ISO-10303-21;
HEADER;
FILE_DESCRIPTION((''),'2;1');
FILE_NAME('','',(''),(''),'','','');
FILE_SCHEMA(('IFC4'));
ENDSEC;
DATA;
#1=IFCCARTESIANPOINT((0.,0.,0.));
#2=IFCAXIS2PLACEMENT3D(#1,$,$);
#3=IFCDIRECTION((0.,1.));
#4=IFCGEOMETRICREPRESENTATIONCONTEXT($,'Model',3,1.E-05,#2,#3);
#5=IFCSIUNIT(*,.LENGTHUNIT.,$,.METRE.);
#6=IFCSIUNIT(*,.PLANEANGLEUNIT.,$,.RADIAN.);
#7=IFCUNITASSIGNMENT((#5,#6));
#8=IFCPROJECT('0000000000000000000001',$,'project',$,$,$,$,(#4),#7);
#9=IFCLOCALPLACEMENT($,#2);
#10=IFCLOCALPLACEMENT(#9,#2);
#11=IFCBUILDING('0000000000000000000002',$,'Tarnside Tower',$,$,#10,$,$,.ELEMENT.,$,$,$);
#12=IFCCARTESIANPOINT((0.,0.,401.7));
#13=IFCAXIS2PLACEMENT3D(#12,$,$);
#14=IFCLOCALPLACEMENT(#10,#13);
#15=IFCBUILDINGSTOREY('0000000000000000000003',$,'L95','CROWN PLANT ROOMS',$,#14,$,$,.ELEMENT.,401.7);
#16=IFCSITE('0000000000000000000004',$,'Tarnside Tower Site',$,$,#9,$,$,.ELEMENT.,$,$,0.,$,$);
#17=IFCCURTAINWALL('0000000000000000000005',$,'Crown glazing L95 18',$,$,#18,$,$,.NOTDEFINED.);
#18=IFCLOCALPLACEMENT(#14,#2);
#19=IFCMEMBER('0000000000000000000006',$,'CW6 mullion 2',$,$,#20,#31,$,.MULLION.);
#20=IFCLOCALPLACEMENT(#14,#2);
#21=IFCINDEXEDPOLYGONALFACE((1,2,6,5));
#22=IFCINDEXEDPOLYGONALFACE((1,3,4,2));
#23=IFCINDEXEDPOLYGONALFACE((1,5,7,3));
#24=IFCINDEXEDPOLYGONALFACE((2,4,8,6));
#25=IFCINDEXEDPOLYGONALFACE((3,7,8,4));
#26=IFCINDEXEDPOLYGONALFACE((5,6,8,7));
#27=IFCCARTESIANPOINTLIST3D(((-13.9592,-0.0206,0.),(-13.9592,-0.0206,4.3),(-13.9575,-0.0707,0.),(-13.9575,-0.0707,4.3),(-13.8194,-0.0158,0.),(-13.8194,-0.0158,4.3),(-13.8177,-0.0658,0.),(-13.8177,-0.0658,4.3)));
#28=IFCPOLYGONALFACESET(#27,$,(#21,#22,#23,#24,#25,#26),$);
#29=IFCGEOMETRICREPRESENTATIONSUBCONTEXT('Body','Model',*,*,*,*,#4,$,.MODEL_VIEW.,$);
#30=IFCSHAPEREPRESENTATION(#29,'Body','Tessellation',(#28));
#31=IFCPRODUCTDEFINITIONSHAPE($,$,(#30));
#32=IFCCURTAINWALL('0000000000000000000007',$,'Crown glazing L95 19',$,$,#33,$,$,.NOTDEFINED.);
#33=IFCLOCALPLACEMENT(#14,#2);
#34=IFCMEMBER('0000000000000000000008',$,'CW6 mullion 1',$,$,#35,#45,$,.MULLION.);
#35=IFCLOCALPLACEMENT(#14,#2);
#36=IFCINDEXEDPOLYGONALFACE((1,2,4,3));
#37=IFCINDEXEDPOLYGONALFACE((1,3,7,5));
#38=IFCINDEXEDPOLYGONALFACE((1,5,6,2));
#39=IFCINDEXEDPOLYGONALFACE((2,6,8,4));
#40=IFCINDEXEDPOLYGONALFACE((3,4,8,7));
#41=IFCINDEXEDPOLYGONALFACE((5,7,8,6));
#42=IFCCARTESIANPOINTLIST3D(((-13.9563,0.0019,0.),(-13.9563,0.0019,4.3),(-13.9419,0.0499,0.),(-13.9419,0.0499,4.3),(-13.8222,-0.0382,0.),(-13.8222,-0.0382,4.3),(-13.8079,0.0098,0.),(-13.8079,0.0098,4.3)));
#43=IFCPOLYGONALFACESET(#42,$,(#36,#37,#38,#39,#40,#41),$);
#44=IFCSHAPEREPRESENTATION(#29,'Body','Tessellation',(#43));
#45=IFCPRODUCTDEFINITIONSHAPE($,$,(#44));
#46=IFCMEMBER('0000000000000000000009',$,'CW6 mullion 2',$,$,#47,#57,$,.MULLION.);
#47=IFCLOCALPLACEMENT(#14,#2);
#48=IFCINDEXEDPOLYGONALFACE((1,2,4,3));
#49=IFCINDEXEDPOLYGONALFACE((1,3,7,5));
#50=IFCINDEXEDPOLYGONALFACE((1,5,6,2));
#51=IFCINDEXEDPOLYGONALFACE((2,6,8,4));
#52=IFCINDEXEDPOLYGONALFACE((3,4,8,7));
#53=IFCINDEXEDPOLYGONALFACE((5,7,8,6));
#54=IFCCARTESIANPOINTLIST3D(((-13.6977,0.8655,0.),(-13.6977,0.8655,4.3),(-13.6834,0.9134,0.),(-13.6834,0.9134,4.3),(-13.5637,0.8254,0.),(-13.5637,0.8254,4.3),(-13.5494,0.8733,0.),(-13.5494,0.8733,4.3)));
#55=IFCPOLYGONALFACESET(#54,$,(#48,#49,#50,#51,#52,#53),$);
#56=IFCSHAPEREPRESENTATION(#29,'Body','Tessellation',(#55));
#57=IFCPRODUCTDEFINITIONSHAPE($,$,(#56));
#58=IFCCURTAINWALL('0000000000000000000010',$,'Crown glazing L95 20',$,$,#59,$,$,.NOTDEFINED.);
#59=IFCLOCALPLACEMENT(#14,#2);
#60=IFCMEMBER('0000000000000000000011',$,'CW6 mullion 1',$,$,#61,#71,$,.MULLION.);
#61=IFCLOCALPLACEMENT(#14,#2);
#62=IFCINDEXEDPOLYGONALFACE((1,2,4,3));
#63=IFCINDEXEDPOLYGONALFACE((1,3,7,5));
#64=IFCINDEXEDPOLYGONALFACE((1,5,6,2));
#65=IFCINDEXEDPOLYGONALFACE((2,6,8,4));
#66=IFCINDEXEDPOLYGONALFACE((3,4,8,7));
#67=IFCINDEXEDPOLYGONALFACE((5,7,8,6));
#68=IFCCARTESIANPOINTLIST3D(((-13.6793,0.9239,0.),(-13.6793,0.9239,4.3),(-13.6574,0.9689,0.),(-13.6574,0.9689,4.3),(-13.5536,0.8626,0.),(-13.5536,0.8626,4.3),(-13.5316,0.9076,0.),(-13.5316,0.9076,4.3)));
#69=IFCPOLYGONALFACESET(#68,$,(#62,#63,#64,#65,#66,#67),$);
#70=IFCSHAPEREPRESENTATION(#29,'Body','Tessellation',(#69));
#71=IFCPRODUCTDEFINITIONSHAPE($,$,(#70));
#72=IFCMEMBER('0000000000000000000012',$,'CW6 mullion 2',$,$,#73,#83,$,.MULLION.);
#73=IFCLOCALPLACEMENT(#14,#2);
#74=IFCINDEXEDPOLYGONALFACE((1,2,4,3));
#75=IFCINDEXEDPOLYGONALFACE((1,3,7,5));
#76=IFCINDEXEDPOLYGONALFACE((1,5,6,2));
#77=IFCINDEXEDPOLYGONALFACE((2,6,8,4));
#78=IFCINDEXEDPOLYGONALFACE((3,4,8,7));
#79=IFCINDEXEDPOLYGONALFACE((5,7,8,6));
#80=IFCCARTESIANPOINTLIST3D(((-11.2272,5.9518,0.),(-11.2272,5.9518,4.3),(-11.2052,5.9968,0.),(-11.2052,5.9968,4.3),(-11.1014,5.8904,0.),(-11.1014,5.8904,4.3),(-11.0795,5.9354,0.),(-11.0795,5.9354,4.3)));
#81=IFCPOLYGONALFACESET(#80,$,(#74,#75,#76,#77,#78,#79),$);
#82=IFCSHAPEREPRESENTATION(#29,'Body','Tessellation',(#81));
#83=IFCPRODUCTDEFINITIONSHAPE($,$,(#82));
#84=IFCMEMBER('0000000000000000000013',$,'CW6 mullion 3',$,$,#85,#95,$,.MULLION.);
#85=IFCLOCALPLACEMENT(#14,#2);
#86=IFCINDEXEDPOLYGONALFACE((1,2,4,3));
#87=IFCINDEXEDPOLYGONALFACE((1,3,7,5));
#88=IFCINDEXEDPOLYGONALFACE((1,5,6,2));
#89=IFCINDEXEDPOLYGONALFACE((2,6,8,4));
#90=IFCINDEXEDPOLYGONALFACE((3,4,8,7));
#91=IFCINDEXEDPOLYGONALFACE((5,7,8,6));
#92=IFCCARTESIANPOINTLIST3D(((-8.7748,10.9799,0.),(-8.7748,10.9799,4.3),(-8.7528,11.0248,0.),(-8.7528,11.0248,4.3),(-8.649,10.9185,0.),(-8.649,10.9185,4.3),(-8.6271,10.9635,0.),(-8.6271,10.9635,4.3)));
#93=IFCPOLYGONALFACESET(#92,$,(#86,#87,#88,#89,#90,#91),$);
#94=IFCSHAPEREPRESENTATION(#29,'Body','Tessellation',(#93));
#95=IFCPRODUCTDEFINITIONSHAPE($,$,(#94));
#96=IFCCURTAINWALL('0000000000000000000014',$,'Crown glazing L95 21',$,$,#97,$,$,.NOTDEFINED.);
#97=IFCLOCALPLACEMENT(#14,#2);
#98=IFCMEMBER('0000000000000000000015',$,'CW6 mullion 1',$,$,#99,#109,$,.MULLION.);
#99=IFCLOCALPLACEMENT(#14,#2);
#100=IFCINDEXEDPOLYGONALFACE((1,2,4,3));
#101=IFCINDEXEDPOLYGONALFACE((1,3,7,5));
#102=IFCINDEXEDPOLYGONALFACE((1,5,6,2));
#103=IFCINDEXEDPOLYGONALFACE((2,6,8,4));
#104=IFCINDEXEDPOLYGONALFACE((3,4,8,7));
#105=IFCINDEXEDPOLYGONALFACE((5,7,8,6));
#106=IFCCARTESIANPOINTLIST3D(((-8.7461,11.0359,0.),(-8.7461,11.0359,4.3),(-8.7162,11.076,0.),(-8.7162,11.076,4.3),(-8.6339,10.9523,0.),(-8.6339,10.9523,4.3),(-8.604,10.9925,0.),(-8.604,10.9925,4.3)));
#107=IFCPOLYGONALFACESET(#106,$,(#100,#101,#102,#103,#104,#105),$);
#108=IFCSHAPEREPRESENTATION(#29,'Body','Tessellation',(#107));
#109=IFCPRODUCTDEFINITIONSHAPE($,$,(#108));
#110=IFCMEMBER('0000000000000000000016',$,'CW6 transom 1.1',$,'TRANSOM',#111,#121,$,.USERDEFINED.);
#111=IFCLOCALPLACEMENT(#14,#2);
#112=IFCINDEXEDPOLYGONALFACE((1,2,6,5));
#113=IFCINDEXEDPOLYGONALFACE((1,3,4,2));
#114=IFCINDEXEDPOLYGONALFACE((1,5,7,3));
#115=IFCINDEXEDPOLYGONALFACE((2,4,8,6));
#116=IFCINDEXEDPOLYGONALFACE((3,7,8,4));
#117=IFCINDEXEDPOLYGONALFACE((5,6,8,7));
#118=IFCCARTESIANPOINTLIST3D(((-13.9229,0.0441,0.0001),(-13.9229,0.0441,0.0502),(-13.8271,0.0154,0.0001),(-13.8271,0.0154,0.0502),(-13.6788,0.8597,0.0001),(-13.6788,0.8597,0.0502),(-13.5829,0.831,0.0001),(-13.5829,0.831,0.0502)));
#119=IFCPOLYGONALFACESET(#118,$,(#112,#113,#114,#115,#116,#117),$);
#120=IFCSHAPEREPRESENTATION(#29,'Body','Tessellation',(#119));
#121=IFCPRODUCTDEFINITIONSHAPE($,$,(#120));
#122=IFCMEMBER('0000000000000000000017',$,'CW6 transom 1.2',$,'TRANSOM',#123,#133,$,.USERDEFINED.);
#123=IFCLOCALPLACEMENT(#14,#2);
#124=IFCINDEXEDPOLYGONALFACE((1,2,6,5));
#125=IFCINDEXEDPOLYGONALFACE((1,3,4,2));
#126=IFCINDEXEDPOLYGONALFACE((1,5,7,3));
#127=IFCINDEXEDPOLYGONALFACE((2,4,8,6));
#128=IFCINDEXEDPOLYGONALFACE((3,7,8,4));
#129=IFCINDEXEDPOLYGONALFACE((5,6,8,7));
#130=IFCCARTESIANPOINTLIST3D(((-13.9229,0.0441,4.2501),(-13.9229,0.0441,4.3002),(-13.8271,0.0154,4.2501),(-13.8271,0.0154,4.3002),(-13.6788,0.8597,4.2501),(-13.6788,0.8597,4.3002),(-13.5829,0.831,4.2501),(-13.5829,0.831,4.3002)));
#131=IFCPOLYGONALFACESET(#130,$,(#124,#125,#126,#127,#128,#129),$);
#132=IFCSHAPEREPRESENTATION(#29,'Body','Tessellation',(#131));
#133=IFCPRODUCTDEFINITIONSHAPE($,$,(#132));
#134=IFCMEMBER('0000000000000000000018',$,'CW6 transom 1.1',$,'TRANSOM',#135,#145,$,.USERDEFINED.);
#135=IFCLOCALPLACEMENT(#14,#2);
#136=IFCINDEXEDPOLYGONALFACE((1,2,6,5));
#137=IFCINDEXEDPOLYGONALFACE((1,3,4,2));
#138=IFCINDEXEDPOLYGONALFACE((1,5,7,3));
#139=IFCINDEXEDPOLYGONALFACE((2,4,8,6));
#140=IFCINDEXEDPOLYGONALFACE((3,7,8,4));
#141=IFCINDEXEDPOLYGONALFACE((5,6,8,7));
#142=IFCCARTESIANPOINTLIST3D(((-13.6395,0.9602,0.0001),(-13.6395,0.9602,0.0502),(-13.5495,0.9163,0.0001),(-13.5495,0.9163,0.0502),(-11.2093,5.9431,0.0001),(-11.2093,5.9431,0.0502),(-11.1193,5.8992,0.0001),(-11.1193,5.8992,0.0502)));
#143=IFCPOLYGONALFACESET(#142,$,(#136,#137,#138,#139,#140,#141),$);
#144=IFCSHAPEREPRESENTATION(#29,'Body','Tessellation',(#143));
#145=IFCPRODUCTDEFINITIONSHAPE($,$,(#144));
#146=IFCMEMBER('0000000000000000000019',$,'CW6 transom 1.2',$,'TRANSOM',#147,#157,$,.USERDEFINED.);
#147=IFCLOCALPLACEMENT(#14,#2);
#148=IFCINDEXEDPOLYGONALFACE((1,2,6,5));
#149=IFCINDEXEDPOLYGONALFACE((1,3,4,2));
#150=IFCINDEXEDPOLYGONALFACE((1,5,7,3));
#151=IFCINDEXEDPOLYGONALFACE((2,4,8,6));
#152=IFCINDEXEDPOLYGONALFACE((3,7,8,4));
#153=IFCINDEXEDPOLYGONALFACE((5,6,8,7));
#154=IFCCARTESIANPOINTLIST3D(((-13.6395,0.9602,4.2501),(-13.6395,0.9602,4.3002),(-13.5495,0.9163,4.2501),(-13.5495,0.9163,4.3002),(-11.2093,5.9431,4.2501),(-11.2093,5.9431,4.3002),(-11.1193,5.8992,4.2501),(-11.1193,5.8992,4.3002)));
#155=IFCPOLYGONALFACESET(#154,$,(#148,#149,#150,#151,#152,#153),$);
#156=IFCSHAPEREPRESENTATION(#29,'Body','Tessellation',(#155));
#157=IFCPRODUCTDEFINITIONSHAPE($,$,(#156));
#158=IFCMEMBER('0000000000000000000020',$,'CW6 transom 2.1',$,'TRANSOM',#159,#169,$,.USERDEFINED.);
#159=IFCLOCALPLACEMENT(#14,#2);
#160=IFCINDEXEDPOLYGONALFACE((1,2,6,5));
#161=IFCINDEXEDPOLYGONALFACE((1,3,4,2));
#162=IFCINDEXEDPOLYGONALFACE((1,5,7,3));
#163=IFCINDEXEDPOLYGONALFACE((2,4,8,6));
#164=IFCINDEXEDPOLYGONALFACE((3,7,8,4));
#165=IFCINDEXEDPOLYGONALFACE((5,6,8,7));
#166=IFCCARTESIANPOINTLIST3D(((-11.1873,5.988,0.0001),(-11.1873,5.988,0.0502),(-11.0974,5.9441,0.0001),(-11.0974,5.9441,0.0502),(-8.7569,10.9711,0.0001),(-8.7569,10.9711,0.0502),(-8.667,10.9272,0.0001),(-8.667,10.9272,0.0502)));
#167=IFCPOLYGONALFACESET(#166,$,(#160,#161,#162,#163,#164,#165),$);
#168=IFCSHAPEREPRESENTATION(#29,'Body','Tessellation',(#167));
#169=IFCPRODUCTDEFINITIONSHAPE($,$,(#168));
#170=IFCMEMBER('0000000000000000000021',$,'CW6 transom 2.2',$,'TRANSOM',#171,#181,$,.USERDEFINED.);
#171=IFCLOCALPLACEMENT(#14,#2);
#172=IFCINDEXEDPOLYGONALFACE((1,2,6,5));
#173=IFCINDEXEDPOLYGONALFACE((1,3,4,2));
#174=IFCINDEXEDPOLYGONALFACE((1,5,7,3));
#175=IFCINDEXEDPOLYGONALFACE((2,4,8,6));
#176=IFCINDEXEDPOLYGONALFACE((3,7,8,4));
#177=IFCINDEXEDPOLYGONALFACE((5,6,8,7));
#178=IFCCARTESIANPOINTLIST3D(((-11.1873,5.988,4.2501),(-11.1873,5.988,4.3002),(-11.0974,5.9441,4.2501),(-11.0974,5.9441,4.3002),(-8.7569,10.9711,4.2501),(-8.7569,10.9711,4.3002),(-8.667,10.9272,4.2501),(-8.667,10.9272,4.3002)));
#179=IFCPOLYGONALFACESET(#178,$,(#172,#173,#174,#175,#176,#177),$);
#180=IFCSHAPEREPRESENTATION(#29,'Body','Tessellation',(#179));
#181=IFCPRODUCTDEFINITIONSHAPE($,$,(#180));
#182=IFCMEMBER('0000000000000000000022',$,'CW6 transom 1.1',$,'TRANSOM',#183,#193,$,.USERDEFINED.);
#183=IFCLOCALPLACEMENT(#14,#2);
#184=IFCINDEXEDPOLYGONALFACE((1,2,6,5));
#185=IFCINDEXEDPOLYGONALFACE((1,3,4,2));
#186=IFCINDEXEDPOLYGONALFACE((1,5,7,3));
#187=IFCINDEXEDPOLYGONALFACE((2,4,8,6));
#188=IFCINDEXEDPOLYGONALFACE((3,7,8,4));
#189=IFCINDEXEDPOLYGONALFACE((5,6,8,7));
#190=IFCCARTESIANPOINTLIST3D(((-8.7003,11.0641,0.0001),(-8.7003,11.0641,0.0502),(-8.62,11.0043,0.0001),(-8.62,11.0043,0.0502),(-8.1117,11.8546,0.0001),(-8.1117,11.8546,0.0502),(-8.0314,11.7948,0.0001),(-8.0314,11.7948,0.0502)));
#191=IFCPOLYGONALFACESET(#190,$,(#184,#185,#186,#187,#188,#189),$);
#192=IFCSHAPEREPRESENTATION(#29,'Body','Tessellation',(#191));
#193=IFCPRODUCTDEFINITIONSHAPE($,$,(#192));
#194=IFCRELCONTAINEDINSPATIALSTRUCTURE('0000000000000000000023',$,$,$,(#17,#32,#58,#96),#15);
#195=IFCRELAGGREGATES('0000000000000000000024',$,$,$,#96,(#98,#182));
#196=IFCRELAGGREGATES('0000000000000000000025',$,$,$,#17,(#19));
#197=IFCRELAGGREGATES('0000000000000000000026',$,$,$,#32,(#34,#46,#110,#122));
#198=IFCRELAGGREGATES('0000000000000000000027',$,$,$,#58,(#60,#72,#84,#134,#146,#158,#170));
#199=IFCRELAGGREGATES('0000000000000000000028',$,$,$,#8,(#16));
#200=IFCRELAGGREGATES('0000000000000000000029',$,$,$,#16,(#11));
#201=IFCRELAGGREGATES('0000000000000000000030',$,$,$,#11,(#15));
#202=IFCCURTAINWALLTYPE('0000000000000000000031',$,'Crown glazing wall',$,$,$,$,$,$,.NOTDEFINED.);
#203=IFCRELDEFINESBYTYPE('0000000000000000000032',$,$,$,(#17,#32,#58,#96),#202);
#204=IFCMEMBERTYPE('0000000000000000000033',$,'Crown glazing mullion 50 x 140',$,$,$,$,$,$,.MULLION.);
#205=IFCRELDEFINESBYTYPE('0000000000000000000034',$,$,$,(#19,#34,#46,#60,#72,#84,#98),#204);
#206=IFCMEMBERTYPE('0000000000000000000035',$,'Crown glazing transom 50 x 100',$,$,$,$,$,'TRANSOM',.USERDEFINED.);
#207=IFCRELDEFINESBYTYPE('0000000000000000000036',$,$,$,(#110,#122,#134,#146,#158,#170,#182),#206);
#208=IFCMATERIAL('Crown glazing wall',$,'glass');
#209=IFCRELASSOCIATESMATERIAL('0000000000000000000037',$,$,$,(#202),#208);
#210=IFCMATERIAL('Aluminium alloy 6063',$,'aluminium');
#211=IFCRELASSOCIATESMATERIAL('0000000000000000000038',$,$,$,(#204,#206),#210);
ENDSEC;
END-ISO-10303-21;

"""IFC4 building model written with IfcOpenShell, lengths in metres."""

from ifc_helpers import new_model, si_unit, direction, frame, origin, origin_2d, place, context, subcontext, project, spatial, rectangle, extrude, material, material_profile, profile_set, type_object, element, aggregate, save


model = new_model("IFC4")

# Units and contexts
model_context = context("Model", 3, precision=1e-05, world=origin(), true_north=direction((0.0, 1.0)))
body_context = subcontext(model_context, "Body", "Model", "MODEL_VIEW")
ifc_project = project(units=[si_unit("LENGTHUNIT", "METRE"), si_unit("PLANEANGLEUNIT", "RADIAN")], contexts=[model_context])

# Site, building, storey
site_placement = place(None, origin())
site = spatial("IfcSite", under=ifc_project, at=site_placement, Name="Tarnside Tower Site", CompositionType="ELEMENT", RefElevation=0.0)
building_placement = place(site_placement, origin())
building = spatial("IfcBuilding", under=site, at=building_placement, Name="Tarnside Tower", CompositionType="ELEMENT")
storey_placement = place(building_placement, frame((0.0, 0.0, 401.7)))
storey = spatial("IfcBuildingStorey", under=building, at=storey_placement, Name="L95", Description="CROWN PLANT ROOMS", CompositionType="ELEMENT", Elevation=401.7)

# Curtain wall, member
ifc_material_1 = material(Name="Crown glazing wall", Category="glass")
curtain_wall_type = type_object("IfcCurtainWallType", Name="Crown glazing wall", PredefinedType="NOTDEFINED", material=ifc_material_1)
curtain_wall_1_placement = place(storey_placement, origin())
curtain_wall_1 = element("IfcCurtainWall", 1, at=curtain_wall_1_placement, inside=storey, type_object=curtain_wall_type, Name="Crown glazing L95 18", PredefinedType="NOTDEFINED")
ifc_material_2 = material(Name="Aluminium alloy 6063", Category="aluminium")
ifc_material_profile_1 = material_profile(ifc_material_2, rectangle(XDim=0.1399, YDim=0.05, at=origin_2d()), Name="Crown glazing mullion 50 x 140")
ifc_profile_set_1 = profile_set([ifc_material_profile_1], Name="Aluminium alloy 6063")
member_type_1 = type_object("IfcMemberType", Name="Crown glazing mullion 50 x 140", PredefinedType="MULLION", material=ifc_profile_set_1)
member_1_placement = place(storey_placement, frame((-13.8884, -0.0432, 0.0), z_axis=(0.0, 0.0, 1.0), x_axis=(-0.999391, -0.034899, 0.0)))
member_1 = element("IfcMember", 2, at=member_1_placement, type_object=member_type_1, Name="CW6 mullion 2", PredefinedType="MULLION", context=body_context, shape_type="SweptSolid", body=[
    extrude(rectangle(XDim=0.1399, YDim=0.05, at=origin_2d()), origin(), (0.0, 0.0, 1.0), 4.3),
])

# Curtain walls, members
curtain_wall_2_placement = place(storey_placement, origin())
curtain_wall_2 = element("IfcCurtainWall", 3, at=curtain_wall_2_placement, inside=storey, type_object=curtain_wall_type, Name="Crown glazing L95 19", PredefinedType="NOTDEFINED")
member_2_placement = place(storey_placement, frame((-13.8821, 0.0059, 0.0), z_axis=(0.0, 0.0, 1.0), x_axis=(-0.95799, 0.286803, 0.0)))
member_2 = element("IfcMember", 4, at=member_2_placement, type_object=member_type_1, Name="CW6 mullion 1", PredefinedType="MULLION", context=body_context, shape_type="SweptSolid", body=[
    extrude(rectangle(XDim=0.1399, YDim=0.05, at=origin_2d()), origin(), (0.0, 0.0, 1.0), 4.3),
])
member_3_placement = place(storey_placement, frame((-13.6235, 0.8694, 0.0), z_axis=(0.0, 0.0, 1.0), x_axis=(-0.95799, 0.286803, 0.0)))
member_3 = element("IfcMember", 5, at=member_3_placement, type_object=member_type_1, Name="CW6 mullion 2", PredefinedType="MULLION", context=body_context, shape_type="SweptSolid", body=[
    extrude(rectangle(XDim=0.1399, YDim=0.05, at=origin_2d()), origin(), (0.0, 0.0, 1.0), 4.3),
])
curtain_wall_3_placement = place(storey_placement, origin())
curtain_wall_3 = element("IfcCurtainWall", 6, at=curtain_wall_3_placement, inside=storey, type_object=curtain_wall_type, Name="Crown glazing L95 20", PredefinedType="NOTDEFINED")
member_4_placement = place(storey_placement, frame((-13.6055, 0.9158, 0.0), z_axis=(0.0, 0.0, 1.0), x_axis=(-0.898794, 0.438371, 0.0)))
member_4 = element("IfcMember", 7, at=member_4_placement, type_object=member_type_1, Name="CW6 mullion 1", PredefinedType="MULLION", context=body_context, shape_type="SweptSolid", body=[
    extrude(rectangle(XDim=0.1399, YDim=0.05, at=origin_2d()), origin(), (0.0, 0.0, 1.0), 4.3),
])
member_5_placement = place(storey_placement, frame((-11.1533, 5.9436, 0.0), z_axis=(0.0, 0.0, 1.0), x_axis=(-0.898794, 0.438371, 0.0)))
member_5 = element("IfcMember", 8, at=member_5_placement, type_object=member_type_1, Name="CW6 mullion 2", PredefinedType="MULLION", context=body_context, shape_type="SweptSolid", body=[
    extrude(rectangle(XDim=0.1399, YDim=0.05, at=origin_2d()), origin(), (0.0, 0.0, 1.0), 4.3),
])
member_6_placement = place(storey_placement, frame((-8.7009, 10.9717, 0.0), z_axis=(0.0, 0.0, 1.0), x_axis=(-0.898794, 0.438371, 0.0)))
member_6 = element("IfcMember", 9, at=member_6_placement, type_object=member_type_1, Name="CW6 mullion 3", PredefinedType="MULLION", context=body_context, shape_type="SweptSolid", body=[
    extrude(rectangle(XDim=0.1399, YDim=0.05, at=origin_2d()), origin(), (0.0, 0.0, 1.0), 4.3),
])

# Curtain wall, member
curtain_wall_4_placement = place(storey_placement, origin())
curtain_wall_4 = element("IfcCurtainWall", 10, at=curtain_wall_4_placement, inside=storey, type_object=curtain_wall_type, Name="Crown glazing L95 21", PredefinedType="NOTDEFINED")
member_7_placement = place(storey_placement, frame((-8.675, 11.0142, 0.0), z_axis=(0.0, 0.0, 1.0), x_axis=(-0.802123, 0.597159, 0.0)))
member_7 = element("IfcMember", 11, at=member_7_placement, type_object=member_type_1, Name="CW6 mullion 1", PredefinedType="MULLION", context=body_context, shape_type="SweptSolid", body=[
    extrude(rectangle(XDim=0.1399, YDim=0.05, at=origin_2d()), origin(), (0.0, 0.0, 1.0), 4.3),
])

# Members
ifc_material_profile_2 = material_profile(ifc_material_2, rectangle(XDim=0.1001, YDim=0.05, at=origin_2d()), Name="Crown glazing transom 50 x 100")
ifc_profile_set_2 = profile_set([ifc_material_profile_2], Name="Aluminium alloy 6063")
member_type_2 = type_object("IfcMemberType", Name="Crown glazing transom 50 x 100", ElementType="TRANSOM", PredefinedType="USERDEFINED", material=ifc_profile_set_2)
member_8_placement = place(storey_placement, frame((-13.875, 0.0298, 0.0251), z_axis=(0.286743, 0.958008, 0.0), x_axis=(-0.958008, 0.286743, 0.0)))
member_8 = element("IfcMember", 12, at=member_8_placement, type_object=member_type_2, Name="CW6 transom 1.1", ObjectType="TRANSOM", PredefinedType="USERDEFINED", context=body_context, shape_type="SweptSolid", body=[
    extrude(rectangle(XDim=0.1001, YDim=0.05, at=origin_2d()), origin(), (0.0, 0.0, 1.0), 0.8513),
])
member_9_placement = place(storey_placement, frame((-13.875, 0.0298, 4.2751), z_axis=(0.286743, 0.958008, 0.0), x_axis=(-0.958008, 0.286743, 0.0)))
member_9 = element("IfcMember", 13, at=member_9_placement, type_object=member_type_2, Name="CW6 transom 1.2", ObjectType="TRANSOM", PredefinedType="USERDEFINED", context=body_context, shape_type="SweptSolid", body=[
    extrude(rectangle(XDim=0.1001, YDim=0.05, at=origin_2d()), origin(), (0.0, 0.0, 1.0), 0.8513),
])
member_10_placement = place(storey_placement, frame((-13.5945, 0.9382, 0.0251), z_axis=(0.438349, 0.898805, 0.0), x_axis=(-0.898805, 0.438349, 0.0)))
member_10 = element("IfcMember", 14, at=member_10_placement, type_object=member_type_2, Name="CW6 transom 1.1", ObjectType="TRANSOM", PredefinedType="USERDEFINED", context=body_context, shape_type="SweptSolid", body=[
    extrude(rectangle(XDim=0.1001, YDim=0.05, at=origin_2d()), origin(), (0.0, 0.0, 1.0), 5.5439),
])
member_11_placement = place(storey_placement, frame((-13.5945, 0.9382, 4.2751), z_axis=(0.438349, 0.898805, 0.0), x_axis=(-0.898805, 0.438349, 0.0)))
member_11 = element("IfcMember", 15, at=member_11_placement, type_object=member_type_2, Name="CW6 transom 1.2", ObjectType="TRANSOM", PredefinedType="USERDEFINED", context=body_context, shape_type="SweptSolid", body=[
    extrude(rectangle(XDim=0.1001, YDim=0.05, at=origin_2d()), origin(), (0.0, 0.0, 1.0), 5.5439),
])
member_12_placement = place(storey_placement, frame((-11.1423, 5.9661, 0.0251), z_axis=(0.438367, 0.898796, 0.0), x_axis=(-0.898796, 0.438367, 0.0)))
member_12 = element("IfcMember", 16, at=member_12_placement, type_object=member_type_2, Name="CW6 transom 2.1", ObjectType="TRANSOM", PredefinedType="USERDEFINED", context=body_context, shape_type="SweptSolid", body=[
    extrude(rectangle(XDim=0.1001, YDim=0.05, at=origin_2d()), origin(), (0.0, 0.0, 1.0), 5.5442),
])
member_13_placement = place(storey_placement, frame((-11.1423, 5.9661, 4.2751), z_axis=(0.438367, 0.898796, 0.0), x_axis=(-0.898796, 0.438367, 0.0)))
member_13 = element("IfcMember", 17, at=member_13_placement, type_object=member_type_2, Name="CW6 transom 2.2", ObjectType="TRANSOM", PredefinedType="USERDEFINED", context=body_context, shape_type="SweptSolid", body=[
    extrude(rectangle(XDim=0.1001, YDim=0.05, at=origin_2d()), origin(), (0.0, 0.0, 1.0), 5.5442),
])
member_14_placement = place(storey_placement, frame((-8.6602, 11.0342, 0.0251), z_axis=(0.597222, 0.802076, 0.0), x_axis=(-0.802076, 0.597222, 0.0)))
member_14 = element("IfcMember", 18, at=member_14_placement, type_object=member_type_2, Name="CW6 transom 1.1", ObjectType="TRANSOM", PredefinedType="USERDEFINED", context=body_context, shape_type="SweptSolid", body=[
    extrude(rectangle(XDim=0.1001, YDim=0.05, at=origin_2d()), origin(), (0.0, 0.0, 1.0), 0.9856),
])
aggregate(curtain_wall_4, [member_7, member_14])

aggregate(curtain_wall_1, [member_1])
aggregate(curtain_wall_2, [member_2, member_3, member_8, member_9])
aggregate(curtain_wall_3, [member_4, member_5, member_6, member_10, member_11, member_12, member_13])

save(model, "model.ifc")
